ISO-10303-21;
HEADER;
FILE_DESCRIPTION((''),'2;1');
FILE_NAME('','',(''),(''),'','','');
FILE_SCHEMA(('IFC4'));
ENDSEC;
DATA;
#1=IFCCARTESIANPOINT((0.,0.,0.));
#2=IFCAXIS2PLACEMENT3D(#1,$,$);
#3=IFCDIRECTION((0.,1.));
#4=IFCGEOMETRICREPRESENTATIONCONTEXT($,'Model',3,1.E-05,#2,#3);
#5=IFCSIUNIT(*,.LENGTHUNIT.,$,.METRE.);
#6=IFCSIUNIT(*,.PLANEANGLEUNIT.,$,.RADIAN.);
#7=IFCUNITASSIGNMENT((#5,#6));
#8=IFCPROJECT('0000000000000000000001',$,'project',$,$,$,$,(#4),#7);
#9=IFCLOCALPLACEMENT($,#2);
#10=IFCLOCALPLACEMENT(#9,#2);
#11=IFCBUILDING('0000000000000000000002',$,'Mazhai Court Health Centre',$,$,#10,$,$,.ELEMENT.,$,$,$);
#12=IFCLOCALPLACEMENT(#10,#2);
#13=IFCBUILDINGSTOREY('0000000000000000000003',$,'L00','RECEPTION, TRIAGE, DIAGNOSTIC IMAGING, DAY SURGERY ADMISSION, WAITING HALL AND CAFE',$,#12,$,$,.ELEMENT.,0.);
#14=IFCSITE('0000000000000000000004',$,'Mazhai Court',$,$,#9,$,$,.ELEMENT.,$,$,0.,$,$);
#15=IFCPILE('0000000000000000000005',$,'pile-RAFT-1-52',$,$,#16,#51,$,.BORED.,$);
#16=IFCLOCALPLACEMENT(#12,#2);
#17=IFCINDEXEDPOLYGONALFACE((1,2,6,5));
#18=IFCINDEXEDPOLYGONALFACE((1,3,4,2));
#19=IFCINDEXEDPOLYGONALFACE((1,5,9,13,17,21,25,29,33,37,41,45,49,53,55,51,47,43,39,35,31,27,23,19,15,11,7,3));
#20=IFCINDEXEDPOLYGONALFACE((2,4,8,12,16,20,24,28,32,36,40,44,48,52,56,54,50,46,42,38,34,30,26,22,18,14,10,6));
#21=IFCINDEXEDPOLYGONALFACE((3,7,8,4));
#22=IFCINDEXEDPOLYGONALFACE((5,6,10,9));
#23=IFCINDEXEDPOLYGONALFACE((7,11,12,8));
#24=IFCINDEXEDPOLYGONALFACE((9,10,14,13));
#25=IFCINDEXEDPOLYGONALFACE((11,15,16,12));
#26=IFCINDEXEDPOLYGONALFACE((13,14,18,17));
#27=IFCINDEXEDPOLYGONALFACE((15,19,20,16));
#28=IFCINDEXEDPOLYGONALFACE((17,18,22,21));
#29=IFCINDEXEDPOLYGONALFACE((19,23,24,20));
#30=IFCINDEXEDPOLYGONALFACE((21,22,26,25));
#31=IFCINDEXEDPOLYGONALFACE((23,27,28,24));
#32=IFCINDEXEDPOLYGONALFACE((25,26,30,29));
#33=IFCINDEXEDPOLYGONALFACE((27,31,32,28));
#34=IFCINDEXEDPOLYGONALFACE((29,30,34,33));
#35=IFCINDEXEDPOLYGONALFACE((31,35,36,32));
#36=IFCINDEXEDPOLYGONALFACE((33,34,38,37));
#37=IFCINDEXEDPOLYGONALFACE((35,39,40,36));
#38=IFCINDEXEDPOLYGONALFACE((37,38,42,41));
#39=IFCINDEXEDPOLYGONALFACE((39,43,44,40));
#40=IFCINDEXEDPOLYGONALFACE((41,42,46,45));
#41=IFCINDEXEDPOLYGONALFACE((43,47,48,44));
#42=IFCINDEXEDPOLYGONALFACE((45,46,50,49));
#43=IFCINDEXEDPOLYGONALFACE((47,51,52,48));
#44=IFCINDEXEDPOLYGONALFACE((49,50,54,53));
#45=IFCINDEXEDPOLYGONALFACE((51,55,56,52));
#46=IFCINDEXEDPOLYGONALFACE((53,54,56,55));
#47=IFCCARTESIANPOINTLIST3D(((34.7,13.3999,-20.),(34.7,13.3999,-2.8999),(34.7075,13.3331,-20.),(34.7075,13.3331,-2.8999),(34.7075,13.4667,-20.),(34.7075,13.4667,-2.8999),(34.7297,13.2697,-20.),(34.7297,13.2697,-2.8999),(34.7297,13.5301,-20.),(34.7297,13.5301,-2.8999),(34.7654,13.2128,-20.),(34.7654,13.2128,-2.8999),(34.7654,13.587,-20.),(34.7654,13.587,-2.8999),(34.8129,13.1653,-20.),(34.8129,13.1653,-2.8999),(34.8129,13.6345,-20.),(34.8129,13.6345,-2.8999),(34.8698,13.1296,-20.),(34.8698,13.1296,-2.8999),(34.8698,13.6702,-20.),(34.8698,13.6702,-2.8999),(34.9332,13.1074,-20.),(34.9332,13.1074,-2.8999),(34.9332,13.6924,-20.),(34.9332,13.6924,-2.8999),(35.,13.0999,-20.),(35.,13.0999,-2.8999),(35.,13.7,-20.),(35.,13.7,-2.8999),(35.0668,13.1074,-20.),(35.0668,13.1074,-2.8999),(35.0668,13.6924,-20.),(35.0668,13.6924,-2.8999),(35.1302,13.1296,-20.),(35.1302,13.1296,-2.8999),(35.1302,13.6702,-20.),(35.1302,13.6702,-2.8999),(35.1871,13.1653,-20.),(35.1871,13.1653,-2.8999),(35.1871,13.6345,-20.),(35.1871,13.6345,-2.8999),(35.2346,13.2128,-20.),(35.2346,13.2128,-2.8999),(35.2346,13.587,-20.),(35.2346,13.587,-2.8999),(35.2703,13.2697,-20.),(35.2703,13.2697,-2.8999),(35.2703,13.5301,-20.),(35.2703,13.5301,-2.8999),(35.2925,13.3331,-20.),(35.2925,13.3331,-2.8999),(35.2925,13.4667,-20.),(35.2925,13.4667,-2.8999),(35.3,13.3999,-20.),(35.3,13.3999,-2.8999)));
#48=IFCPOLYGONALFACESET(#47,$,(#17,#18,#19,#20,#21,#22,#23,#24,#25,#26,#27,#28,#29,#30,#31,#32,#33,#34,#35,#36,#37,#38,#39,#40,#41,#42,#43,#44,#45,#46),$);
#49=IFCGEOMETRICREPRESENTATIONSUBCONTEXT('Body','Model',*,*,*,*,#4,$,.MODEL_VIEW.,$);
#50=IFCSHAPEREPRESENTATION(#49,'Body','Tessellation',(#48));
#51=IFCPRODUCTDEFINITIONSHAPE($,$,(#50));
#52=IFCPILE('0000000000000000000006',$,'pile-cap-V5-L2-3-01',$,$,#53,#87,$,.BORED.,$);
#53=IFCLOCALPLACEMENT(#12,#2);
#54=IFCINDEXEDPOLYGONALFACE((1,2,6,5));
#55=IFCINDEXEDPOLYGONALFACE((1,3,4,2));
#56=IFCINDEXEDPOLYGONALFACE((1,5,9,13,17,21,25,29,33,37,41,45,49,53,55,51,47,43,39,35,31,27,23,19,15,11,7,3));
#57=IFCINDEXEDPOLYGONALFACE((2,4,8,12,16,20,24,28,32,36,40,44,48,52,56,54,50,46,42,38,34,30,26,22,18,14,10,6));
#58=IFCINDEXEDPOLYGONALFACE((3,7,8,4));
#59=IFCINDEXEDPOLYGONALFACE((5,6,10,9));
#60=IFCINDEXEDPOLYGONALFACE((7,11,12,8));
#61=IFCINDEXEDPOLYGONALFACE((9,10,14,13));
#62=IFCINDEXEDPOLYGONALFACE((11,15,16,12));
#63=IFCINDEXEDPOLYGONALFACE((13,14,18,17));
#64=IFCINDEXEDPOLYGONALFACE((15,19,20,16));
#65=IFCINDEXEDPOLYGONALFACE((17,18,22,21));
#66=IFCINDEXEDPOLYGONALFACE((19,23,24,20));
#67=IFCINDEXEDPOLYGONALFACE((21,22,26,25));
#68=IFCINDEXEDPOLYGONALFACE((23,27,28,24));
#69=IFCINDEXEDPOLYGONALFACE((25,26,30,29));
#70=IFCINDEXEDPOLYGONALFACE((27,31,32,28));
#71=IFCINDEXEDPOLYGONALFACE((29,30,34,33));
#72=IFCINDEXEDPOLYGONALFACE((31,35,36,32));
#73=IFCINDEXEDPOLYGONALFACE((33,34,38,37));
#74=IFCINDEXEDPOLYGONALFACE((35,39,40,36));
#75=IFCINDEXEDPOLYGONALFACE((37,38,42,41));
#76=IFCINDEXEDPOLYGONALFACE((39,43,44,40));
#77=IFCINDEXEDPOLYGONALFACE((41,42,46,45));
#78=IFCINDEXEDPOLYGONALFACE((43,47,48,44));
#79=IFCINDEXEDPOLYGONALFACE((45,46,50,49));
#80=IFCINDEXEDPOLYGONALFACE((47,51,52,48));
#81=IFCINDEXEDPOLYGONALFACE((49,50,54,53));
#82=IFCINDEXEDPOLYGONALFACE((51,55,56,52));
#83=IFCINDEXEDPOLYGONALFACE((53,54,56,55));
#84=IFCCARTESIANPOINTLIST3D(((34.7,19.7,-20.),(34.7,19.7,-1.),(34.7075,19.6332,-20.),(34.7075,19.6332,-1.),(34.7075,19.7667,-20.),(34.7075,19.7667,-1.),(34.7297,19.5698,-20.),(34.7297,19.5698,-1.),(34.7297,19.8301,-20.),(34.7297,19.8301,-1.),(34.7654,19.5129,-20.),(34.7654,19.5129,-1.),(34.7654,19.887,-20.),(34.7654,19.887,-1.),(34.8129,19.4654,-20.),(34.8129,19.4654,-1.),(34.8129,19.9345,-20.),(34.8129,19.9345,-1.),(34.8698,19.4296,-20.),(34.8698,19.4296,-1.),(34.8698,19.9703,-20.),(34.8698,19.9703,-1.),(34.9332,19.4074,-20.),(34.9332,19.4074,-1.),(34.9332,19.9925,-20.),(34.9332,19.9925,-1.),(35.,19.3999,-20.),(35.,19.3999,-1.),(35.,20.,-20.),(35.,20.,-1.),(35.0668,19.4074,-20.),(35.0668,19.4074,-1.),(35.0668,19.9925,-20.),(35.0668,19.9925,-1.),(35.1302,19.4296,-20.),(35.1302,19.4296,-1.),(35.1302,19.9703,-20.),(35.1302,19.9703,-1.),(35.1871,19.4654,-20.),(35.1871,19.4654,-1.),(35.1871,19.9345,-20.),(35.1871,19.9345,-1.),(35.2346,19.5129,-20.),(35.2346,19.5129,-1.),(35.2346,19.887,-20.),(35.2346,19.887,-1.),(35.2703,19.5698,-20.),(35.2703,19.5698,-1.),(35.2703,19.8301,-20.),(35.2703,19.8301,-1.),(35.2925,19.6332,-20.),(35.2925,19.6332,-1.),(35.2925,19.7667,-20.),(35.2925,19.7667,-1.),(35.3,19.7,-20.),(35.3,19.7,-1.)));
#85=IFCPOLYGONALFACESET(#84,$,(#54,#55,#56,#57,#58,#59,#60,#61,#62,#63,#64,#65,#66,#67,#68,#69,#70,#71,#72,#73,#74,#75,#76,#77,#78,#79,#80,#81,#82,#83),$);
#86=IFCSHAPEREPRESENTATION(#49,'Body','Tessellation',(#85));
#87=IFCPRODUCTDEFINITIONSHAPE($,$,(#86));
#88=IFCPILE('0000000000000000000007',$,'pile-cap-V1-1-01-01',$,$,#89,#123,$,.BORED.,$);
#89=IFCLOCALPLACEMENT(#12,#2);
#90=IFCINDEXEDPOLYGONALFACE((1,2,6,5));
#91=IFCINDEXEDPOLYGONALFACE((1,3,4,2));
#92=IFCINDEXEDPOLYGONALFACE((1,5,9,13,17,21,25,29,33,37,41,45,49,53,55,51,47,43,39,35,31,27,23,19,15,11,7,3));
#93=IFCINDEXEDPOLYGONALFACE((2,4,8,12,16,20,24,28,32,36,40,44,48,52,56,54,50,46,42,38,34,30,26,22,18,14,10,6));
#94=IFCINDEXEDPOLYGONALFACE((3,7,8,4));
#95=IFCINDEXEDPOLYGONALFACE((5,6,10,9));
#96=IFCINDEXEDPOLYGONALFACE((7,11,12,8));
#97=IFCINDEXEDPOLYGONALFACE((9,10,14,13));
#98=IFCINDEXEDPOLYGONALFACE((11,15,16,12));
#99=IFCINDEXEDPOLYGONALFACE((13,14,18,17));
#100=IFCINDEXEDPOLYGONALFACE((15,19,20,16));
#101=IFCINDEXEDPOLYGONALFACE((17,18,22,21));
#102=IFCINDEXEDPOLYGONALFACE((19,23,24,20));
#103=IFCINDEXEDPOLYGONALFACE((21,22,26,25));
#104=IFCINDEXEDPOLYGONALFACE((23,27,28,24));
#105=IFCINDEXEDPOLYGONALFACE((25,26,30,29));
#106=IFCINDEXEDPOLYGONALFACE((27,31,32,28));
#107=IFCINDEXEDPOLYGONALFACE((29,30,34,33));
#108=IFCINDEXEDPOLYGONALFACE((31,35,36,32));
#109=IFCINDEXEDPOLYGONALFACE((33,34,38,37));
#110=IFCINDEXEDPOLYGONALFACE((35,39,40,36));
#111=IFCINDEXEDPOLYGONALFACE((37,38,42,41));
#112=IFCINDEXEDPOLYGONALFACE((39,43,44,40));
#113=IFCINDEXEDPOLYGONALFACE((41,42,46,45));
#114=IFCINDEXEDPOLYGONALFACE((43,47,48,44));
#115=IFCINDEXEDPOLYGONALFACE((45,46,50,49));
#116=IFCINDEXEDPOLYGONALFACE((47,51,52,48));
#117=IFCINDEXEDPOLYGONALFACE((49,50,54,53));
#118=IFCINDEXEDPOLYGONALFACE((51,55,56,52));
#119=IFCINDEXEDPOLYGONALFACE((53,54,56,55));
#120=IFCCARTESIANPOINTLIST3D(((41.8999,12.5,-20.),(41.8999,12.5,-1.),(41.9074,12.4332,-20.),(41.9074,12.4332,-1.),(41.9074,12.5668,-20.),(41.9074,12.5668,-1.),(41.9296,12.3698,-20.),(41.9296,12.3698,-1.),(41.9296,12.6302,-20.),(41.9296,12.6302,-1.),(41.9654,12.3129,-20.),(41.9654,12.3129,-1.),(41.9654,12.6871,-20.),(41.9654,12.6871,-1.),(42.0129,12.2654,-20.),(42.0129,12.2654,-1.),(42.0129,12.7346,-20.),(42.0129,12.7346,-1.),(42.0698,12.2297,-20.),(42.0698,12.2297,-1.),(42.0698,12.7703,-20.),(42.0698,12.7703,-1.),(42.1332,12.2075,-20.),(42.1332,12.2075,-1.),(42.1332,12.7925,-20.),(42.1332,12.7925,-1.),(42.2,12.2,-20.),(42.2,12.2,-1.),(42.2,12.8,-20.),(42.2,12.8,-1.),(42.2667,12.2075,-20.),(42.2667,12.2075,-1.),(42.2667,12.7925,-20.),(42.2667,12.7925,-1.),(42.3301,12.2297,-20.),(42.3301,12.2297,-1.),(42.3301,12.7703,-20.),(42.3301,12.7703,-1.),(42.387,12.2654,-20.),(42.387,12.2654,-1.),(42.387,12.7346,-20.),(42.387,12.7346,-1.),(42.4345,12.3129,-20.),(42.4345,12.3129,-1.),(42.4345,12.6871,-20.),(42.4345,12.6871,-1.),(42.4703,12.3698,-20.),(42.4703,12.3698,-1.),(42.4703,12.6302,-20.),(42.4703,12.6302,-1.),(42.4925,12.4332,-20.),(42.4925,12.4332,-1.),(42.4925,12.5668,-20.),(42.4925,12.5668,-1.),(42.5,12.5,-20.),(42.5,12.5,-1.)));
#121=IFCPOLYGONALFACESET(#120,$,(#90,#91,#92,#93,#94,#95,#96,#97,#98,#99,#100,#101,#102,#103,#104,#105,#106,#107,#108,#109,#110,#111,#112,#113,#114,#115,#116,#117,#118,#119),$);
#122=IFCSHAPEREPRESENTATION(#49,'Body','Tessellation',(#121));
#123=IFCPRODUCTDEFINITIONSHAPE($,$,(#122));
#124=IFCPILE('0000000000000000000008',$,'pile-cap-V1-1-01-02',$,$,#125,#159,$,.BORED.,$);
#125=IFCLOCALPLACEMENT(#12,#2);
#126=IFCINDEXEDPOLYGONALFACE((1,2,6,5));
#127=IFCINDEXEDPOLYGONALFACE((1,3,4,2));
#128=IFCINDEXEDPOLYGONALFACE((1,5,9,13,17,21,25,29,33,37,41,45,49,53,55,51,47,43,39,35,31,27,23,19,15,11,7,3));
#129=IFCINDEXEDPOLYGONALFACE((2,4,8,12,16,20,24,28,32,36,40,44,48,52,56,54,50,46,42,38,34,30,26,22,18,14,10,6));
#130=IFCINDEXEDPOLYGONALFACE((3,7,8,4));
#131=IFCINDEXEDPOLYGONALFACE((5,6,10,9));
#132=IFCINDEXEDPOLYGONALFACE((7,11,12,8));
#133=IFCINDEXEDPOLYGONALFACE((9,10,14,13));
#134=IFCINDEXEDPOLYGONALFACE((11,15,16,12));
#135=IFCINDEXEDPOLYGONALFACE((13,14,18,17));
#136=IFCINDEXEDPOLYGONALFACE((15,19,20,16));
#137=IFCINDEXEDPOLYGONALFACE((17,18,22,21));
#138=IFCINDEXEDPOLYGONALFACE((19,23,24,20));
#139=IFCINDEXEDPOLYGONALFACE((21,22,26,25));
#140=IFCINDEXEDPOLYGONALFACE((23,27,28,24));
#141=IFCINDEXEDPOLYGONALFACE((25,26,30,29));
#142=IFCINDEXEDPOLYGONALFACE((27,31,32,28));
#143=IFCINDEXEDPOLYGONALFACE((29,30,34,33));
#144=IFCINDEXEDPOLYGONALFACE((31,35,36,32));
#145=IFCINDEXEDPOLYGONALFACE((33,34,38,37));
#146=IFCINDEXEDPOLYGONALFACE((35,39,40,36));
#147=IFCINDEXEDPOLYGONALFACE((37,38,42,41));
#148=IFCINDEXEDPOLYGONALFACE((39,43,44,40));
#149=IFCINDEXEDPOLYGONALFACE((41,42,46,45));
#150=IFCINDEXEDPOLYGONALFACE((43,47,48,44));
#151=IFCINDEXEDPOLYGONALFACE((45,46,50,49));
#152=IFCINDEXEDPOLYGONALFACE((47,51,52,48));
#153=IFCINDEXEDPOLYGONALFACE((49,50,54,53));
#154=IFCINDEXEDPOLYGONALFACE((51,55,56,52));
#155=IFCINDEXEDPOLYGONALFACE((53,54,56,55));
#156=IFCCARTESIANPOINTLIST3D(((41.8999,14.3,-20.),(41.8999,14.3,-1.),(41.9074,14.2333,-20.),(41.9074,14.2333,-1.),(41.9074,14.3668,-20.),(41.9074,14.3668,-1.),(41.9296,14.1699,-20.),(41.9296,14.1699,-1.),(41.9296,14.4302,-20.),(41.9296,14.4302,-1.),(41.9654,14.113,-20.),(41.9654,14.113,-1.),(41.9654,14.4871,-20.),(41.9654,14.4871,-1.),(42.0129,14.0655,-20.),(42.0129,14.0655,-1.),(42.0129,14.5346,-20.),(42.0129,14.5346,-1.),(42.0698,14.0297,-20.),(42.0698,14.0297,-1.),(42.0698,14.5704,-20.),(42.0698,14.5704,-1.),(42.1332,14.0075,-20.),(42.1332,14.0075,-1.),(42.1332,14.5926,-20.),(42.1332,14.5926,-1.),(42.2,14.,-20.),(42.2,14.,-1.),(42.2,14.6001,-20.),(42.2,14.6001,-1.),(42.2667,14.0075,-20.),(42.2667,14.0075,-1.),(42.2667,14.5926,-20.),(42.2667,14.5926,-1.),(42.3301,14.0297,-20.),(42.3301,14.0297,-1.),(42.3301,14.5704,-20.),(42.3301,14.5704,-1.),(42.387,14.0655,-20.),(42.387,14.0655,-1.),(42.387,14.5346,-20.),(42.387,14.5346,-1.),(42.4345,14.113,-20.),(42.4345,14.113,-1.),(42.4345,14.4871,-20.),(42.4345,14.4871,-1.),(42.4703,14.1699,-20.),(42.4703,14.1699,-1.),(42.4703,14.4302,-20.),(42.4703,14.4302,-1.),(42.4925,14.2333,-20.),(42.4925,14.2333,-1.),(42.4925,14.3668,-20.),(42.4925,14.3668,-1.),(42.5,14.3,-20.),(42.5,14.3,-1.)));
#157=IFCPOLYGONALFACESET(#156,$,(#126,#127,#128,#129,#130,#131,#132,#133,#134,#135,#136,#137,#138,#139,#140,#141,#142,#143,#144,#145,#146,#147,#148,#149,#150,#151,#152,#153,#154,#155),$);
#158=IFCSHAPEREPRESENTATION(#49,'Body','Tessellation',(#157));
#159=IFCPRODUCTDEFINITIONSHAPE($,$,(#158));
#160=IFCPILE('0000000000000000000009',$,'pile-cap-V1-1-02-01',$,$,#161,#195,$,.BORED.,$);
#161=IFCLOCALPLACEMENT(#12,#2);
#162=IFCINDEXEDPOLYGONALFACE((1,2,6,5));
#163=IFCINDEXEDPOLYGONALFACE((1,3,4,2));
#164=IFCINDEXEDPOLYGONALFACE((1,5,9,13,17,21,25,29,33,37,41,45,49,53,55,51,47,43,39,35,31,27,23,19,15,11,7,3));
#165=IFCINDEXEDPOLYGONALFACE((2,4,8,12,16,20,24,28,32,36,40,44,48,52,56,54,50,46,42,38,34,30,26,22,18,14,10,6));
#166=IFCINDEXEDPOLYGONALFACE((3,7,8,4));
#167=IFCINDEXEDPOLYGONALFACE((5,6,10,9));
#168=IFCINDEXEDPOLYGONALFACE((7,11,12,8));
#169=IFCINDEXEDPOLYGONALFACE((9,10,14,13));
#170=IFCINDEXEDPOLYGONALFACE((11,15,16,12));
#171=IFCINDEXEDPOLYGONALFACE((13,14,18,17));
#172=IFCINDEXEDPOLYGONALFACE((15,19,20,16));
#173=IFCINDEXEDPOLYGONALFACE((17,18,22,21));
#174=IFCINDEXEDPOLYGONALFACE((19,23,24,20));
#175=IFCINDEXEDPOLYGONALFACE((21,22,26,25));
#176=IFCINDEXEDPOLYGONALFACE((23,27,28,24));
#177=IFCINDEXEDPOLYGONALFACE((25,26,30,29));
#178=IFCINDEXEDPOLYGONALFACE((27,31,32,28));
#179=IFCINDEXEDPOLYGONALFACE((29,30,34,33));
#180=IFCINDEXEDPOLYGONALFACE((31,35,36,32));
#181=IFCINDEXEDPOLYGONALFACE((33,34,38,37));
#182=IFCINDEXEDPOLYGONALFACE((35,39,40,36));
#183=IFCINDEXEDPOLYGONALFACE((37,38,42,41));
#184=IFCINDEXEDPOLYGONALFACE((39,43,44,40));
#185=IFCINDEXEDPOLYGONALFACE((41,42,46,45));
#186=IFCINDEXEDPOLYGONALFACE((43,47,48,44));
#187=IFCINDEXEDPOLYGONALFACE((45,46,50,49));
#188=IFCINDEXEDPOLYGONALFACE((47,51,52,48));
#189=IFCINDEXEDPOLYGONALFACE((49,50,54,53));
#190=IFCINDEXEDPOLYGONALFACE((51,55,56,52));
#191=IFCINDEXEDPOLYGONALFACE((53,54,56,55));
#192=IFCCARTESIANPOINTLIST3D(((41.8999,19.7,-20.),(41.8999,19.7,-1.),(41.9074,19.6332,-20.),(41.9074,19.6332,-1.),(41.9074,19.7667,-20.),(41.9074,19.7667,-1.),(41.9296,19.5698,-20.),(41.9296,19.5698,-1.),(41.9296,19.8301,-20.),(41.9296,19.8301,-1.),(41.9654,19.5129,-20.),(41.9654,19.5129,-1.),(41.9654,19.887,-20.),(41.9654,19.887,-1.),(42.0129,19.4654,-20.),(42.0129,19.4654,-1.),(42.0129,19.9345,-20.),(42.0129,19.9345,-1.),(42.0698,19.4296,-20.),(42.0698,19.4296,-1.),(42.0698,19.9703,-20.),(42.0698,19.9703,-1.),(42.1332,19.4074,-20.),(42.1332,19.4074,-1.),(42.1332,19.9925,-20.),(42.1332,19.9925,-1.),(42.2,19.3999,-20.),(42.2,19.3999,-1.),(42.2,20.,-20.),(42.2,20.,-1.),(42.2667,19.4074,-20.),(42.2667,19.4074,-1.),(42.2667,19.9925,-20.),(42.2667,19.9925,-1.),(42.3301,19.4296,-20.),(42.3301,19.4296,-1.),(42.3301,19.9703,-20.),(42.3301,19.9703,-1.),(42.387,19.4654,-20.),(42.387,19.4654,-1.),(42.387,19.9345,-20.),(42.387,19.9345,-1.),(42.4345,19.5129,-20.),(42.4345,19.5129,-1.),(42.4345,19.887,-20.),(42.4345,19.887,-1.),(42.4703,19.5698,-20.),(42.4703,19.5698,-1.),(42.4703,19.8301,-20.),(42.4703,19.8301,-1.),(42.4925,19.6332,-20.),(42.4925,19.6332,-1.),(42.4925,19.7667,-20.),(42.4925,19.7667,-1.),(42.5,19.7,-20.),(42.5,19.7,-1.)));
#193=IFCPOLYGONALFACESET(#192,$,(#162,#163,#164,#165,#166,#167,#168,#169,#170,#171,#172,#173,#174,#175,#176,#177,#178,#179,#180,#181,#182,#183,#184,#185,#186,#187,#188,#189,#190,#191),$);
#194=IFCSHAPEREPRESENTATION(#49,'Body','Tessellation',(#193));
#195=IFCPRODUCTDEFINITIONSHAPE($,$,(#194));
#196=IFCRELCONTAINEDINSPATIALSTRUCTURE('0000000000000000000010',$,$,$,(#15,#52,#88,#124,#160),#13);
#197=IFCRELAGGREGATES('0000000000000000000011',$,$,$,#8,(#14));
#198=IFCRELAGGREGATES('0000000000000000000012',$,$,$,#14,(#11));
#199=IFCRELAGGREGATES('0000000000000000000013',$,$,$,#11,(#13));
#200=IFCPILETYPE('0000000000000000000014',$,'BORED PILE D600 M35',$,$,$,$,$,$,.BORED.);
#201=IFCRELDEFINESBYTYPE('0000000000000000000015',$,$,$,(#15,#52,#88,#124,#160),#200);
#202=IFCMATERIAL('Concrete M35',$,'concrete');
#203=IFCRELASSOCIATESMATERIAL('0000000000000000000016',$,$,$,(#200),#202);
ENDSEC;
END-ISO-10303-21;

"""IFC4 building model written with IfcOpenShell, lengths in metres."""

from ifc_helpers import new_model, si_unit, direction, frame, origin, origin_2d, place, context, subcontext, project, spatial, circle, extrude, material, material_profile, profile_set, type_object, element, save


model = new_model("IFC4")

# Units and contexts
model_context = context("Model", 3, precision=1e-05, world=origin(), true_north=direction((0.0, 1.0)))
body_context = subcontext(model_context, "Body", "Model", "MODEL_VIEW")
ifc_project = project(units=[si_unit("LENGTHUNIT", "METRE"), si_unit("PLANEANGLEUNIT", "RADIAN")], contexts=[model_context])

# Site, building, storey
site_placement = place(None, origin())
site = spatial("IfcSite", under=ifc_project, at=site_placement, Name="Mazhai Court", CompositionType="ELEMENT", RefElevation=0.0)
building_placement = place(site_placement, origin())
building = spatial("IfcBuilding", under=site, at=building_placement, Name="Mazhai Court Health Centre", CompositionType="ELEMENT")
storey_placement = place(building_placement, origin())
storey = spatial("IfcBuildingStorey", under=building, at=storey_placement, Name="L00", Description="RECEPTION, TRIAGE, DIAGNOSTIC IMAGING, DAY SURGERY ADMISSION, WAITING HALL AND CAFE", CompositionType="ELEMENT", Elevation=0.0)

# Piles
ifc_material_1 = material(Name="Concrete M35", Category="concrete")
ifc_material_profile_1 = material_profile(ifc_material_1, circle(Radius=0.3, at=origin_2d()), Name="RC PILE D600")
ifc_profile_set_1 = profile_set([ifc_material_profile_1], Name="Concrete M35")
pile_type = type_object("IfcPileType", Name="BORED PILE D600 M35", PredefinedType="BORED", material=ifc_profile_set_1)
pile_placement = place(storey_placement, frame((35.0, 13.3999, -2.8999), z_axis=(0.0, 0.0, -1.0), x_axis=(1.0, 0.0, 0.0)))
element("IfcPile", 1, at=pile_placement, inside=storey, type_object=pile_type, Name="pile-RAFT-1-52", PredefinedType="BORED", context=body_context, shape_type="SweptSolid", body=[
    extrude(circle(Radius=0.3, at=origin_2d()), origin(), (0.0, 0.0, 1.0), 17.1001),
])
for number, where, z_axis, x_axis, name in (
    (2, (35.0, 19.7, -1.0), (0.0, 0.0, -1.0), (1.0, 0.0, 0.0), "pile-cap-V5-L2-3-01"),
    (3, (42.2, 12.5, -1.0), (0.0, 0.0, -1.0), (1.0, 0.0, 0.0), "pile-cap-V1-1-01-01"),
    (4, (42.2, 14.3, -1.0), (0.0, 0.0, -1.0), (1.0, 0.0, 0.0), "pile-cap-V1-1-01-02"),
    (5, (42.2, 19.7, -1.0), (0.0, 0.0, -1.0), (1.0, 0.0, 0.0), "pile-cap-V1-1-02-01"),
):
    element("IfcPile", number, at=place(storey_placement, frame(where, z_axis=z_axis, x_axis=x_axis)), inside=storey, type_object=pile_type, Name=name, PredefinedType="BORED", context=body_context, shape_type="SweptSolid", body=[
        extrude(circle(Radius=0.3, at=origin_2d()), origin(), (0.0, 0.0, 1.0), 19.0),
    ])

save(model, "model.ifc")
